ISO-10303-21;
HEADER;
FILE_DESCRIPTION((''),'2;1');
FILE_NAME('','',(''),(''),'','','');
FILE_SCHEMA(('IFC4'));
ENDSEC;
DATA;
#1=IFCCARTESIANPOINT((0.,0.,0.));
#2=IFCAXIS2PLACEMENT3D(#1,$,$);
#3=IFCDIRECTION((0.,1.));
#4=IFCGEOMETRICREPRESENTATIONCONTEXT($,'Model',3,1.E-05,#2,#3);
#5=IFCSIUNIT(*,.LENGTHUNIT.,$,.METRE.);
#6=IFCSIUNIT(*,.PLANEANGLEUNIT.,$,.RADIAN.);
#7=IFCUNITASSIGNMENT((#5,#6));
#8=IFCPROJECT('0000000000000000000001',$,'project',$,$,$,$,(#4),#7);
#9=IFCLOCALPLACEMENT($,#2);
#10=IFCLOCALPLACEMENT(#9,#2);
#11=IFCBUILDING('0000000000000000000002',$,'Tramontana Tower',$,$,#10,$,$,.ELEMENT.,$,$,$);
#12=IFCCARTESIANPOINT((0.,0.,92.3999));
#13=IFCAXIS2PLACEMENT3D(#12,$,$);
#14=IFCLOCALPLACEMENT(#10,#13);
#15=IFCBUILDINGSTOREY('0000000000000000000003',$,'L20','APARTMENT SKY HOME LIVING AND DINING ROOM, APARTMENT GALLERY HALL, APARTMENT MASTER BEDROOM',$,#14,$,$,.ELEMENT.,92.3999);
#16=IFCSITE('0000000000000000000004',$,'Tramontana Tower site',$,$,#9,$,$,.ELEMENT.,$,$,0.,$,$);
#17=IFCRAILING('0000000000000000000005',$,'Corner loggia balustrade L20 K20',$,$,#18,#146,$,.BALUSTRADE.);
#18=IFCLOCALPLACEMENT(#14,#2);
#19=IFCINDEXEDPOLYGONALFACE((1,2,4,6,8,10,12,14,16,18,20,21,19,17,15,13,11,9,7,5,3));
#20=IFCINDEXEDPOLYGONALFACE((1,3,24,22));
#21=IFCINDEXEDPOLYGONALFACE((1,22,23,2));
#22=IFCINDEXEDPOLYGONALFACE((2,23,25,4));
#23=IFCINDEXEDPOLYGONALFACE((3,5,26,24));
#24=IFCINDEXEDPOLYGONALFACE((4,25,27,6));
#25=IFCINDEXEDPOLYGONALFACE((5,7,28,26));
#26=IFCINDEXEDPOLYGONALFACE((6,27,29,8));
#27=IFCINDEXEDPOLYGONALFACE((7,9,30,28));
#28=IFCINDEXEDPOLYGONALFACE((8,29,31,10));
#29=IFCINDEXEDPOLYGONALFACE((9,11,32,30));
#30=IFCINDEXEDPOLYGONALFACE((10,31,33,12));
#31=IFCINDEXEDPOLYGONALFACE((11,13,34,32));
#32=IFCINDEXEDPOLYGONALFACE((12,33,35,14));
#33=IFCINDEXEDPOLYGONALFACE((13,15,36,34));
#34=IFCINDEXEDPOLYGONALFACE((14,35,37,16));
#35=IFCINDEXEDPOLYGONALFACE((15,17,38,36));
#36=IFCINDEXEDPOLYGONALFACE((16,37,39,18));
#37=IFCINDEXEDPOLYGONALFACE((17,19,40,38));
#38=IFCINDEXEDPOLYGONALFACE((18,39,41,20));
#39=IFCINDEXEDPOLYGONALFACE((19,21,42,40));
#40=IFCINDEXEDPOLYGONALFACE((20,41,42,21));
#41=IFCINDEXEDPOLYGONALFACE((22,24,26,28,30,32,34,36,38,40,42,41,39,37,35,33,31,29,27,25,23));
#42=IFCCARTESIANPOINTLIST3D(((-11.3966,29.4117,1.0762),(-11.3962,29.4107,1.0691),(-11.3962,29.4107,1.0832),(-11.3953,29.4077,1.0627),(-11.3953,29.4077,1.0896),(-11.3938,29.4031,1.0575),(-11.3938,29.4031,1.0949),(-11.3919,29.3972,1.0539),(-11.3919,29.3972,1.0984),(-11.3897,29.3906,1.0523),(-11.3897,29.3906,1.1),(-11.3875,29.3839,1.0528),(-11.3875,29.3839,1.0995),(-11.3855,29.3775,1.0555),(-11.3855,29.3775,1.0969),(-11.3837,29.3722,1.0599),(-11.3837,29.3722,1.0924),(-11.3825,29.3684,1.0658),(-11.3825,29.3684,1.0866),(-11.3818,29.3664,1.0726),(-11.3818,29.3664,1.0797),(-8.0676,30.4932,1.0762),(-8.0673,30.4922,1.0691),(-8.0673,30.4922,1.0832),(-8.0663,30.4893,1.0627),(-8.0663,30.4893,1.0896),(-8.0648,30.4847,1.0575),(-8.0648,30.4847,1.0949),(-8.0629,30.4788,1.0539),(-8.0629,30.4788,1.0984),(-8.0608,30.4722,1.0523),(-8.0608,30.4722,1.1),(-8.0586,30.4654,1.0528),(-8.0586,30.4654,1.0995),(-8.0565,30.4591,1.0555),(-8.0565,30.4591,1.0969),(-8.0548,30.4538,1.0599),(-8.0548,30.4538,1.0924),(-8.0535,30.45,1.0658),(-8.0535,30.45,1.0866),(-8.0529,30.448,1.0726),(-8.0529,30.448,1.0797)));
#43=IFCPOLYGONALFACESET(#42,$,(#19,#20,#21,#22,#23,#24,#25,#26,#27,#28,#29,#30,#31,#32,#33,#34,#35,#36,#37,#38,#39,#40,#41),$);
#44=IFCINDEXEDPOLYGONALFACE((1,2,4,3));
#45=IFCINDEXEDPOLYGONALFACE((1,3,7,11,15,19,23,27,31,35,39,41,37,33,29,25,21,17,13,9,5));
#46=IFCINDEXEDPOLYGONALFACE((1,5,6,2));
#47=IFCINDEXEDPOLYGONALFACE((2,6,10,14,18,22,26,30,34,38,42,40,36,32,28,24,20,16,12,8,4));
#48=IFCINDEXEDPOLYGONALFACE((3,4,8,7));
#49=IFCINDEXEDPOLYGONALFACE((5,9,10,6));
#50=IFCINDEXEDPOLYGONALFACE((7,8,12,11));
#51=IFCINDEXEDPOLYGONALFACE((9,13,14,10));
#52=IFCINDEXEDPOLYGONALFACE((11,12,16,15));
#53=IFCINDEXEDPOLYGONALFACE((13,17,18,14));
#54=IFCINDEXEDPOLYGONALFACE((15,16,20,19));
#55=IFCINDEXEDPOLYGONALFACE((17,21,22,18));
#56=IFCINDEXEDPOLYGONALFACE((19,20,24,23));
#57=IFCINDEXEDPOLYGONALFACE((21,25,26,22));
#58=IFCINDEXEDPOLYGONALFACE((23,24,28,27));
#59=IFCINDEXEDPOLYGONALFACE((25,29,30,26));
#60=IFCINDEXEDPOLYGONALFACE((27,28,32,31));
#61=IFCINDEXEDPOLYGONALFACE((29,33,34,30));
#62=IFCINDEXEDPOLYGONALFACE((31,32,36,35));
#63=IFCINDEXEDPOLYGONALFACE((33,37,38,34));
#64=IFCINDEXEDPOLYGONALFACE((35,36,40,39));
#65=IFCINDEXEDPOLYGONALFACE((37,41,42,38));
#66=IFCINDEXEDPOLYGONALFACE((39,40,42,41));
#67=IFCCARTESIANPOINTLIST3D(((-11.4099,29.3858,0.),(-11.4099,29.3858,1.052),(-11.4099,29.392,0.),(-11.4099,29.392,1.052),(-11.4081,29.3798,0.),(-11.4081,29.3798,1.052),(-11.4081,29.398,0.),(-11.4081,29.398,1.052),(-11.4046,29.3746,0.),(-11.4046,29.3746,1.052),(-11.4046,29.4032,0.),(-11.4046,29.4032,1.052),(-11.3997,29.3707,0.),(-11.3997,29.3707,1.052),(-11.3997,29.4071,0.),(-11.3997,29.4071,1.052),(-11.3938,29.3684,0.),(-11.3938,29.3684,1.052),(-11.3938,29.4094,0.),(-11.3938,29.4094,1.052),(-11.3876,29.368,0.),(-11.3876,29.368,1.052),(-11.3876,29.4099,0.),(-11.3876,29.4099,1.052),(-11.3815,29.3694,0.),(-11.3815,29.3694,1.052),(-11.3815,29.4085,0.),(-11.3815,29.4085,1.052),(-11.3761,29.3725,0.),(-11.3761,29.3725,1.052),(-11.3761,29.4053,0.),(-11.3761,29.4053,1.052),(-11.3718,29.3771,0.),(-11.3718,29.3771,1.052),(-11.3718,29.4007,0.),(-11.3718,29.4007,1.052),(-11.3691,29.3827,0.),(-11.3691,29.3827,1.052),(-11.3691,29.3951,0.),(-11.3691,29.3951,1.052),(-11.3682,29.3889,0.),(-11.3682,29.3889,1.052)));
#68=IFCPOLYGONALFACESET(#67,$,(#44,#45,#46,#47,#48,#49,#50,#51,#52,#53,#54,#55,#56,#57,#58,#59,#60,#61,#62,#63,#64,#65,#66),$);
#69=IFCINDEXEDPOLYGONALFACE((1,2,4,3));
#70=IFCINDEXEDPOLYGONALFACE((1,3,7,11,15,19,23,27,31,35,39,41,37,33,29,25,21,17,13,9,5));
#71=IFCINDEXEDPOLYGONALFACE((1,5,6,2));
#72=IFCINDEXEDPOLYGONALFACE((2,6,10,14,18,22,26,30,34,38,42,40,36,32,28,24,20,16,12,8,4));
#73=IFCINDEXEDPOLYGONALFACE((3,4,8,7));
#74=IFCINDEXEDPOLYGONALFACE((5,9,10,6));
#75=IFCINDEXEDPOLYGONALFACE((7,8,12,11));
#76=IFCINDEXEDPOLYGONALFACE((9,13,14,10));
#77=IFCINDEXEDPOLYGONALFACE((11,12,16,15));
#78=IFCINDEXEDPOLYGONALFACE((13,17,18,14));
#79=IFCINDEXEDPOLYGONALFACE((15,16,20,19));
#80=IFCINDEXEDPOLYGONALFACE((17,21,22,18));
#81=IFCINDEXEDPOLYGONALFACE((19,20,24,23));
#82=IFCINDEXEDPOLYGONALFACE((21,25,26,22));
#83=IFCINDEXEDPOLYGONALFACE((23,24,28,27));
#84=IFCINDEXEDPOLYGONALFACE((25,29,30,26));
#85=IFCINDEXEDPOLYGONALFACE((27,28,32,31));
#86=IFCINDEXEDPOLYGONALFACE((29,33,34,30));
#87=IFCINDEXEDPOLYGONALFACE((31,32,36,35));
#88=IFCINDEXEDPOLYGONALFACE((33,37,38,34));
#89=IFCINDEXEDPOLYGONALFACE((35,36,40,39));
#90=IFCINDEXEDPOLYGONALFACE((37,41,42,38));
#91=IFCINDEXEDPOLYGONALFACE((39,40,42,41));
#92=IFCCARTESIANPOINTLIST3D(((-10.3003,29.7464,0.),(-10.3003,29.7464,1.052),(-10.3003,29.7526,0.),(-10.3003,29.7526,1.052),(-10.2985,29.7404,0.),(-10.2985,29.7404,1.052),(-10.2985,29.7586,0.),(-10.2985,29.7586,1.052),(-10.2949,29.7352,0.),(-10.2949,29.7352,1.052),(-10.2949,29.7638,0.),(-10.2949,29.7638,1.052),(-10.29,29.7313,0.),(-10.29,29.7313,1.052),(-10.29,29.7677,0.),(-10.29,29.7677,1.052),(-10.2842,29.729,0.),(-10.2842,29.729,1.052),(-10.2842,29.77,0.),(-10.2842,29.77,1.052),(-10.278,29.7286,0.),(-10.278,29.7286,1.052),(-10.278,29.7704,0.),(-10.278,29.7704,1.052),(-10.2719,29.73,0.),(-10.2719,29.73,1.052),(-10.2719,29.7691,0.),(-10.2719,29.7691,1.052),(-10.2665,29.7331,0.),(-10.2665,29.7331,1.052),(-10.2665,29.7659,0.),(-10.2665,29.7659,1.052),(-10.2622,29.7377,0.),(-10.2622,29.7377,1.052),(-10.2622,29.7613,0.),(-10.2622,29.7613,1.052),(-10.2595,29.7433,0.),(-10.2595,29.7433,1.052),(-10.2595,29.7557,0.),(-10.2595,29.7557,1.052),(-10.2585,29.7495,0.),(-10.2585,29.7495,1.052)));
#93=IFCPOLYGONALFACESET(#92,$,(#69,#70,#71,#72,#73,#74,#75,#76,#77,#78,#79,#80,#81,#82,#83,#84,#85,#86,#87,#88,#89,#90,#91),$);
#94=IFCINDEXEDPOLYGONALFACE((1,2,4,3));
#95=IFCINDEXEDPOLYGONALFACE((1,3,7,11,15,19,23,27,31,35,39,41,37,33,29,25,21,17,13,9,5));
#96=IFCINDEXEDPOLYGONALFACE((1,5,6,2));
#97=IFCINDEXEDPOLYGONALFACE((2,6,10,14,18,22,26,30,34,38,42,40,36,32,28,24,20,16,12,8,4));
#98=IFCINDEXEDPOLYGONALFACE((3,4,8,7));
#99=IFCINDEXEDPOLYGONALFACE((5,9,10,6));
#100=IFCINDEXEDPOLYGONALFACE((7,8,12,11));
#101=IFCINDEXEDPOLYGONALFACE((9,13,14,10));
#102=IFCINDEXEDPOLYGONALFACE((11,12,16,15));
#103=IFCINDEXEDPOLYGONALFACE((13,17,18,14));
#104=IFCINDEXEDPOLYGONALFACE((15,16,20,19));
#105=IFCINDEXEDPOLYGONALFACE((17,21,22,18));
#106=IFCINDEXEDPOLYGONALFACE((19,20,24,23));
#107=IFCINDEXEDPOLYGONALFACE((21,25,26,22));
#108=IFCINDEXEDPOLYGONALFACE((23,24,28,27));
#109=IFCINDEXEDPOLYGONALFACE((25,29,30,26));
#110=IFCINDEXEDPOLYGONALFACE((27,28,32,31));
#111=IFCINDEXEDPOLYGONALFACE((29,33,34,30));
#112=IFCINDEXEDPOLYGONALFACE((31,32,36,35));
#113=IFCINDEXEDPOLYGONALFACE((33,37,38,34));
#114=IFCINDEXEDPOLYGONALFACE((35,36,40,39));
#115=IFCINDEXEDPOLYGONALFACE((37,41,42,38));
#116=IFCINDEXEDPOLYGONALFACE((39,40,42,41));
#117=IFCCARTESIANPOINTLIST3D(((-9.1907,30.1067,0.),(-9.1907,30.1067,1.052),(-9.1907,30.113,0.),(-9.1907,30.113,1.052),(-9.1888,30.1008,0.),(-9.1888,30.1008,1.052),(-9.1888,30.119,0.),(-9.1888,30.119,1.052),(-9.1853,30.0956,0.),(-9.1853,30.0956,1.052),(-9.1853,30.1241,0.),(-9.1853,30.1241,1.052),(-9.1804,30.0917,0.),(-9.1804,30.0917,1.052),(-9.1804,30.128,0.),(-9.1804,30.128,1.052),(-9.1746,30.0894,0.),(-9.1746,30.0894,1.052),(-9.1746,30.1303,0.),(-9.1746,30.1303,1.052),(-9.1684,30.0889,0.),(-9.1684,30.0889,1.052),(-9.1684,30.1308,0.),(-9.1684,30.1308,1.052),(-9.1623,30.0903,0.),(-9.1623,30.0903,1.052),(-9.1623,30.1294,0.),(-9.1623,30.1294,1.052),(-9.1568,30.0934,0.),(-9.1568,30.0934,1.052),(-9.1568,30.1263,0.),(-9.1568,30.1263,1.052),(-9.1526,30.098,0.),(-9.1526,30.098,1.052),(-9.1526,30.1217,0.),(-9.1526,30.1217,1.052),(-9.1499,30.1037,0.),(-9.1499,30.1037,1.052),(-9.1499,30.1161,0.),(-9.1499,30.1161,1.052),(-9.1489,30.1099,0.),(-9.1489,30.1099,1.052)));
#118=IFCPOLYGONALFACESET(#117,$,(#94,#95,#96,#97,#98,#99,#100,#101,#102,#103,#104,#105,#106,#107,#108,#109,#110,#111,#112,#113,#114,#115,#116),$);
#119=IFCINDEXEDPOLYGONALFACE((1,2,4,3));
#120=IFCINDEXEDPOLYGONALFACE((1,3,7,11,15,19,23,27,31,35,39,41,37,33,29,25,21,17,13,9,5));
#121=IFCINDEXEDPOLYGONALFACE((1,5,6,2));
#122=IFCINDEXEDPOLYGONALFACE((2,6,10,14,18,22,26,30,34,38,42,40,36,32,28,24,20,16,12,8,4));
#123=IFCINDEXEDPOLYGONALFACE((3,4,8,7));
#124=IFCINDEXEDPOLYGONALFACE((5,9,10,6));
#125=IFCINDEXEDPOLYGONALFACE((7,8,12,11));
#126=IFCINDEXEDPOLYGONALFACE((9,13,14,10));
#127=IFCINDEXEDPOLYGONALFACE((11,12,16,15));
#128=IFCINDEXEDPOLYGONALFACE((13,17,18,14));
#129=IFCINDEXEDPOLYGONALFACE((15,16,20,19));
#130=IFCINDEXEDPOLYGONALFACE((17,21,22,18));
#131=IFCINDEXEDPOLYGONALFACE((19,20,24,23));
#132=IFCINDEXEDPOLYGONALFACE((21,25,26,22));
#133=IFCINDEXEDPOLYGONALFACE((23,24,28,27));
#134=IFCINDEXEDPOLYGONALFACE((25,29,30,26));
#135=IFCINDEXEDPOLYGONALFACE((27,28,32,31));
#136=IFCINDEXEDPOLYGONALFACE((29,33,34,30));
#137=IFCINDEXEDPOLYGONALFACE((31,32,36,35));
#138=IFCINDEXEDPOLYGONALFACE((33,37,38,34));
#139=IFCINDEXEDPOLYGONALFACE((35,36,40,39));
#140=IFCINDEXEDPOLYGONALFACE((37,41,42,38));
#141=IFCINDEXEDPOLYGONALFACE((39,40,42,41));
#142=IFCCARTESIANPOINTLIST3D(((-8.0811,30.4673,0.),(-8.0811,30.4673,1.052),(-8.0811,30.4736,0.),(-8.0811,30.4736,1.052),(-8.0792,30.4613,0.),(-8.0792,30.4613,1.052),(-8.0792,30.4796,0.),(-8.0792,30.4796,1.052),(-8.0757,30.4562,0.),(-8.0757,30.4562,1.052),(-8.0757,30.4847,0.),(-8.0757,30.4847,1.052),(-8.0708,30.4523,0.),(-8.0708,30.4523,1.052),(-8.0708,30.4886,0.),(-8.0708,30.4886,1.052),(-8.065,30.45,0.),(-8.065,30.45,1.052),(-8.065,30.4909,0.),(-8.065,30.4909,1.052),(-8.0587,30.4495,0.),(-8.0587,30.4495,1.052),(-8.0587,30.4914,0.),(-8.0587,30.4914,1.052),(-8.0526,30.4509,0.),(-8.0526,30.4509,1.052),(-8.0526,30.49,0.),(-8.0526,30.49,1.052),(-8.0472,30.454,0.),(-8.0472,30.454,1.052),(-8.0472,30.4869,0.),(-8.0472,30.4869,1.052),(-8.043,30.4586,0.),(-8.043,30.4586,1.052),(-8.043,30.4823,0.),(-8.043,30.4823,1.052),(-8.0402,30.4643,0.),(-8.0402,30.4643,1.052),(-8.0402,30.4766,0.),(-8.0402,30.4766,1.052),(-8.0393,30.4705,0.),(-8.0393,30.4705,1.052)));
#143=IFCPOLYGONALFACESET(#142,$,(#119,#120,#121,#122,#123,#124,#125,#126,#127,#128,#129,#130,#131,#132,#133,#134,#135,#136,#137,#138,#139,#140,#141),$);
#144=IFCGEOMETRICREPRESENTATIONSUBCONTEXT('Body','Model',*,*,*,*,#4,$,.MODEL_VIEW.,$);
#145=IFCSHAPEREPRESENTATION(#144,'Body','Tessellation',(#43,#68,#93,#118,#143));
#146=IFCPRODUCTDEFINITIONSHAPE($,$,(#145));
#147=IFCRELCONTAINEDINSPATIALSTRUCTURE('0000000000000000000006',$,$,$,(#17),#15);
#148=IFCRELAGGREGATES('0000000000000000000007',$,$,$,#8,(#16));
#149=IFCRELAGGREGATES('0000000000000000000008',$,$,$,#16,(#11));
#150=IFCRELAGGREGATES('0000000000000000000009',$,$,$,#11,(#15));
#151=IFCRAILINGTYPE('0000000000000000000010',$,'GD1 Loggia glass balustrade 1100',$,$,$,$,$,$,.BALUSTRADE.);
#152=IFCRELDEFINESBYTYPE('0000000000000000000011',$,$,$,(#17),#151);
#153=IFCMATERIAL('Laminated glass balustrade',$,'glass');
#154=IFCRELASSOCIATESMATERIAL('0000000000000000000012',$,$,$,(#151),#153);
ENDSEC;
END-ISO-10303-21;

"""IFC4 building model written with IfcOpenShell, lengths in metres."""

from ifc_helpers import new_model, si_unit, direction, frame, origin, origin_2d, place, context, subcontext, project, spatial, circle, extrude, material, type_object, element, save


model = new_model("IFC4")

# Units and contexts
model_context = context("Model", 3, precision=1e-05, world=origin(), true_north=direction((0.0, 1.0)))
body_context = subcontext(model_context, "Body", "Model", "MODEL_VIEW")
ifc_project = project(units=[si_unit("LENGTHUNIT", "METRE"), si_unit("PLANEANGLEUNIT", "RADIAN")], contexts=[model_context])

# Site, building, storey
site_placement = place(None, origin())
site = spatial("IfcSite", under=ifc_project, at=site_placement, Name="Tramontana Tower site", CompositionType="ELEMENT", RefElevation=0.0)
building_placement = place(site_placement, origin())
building = spatial("IfcBuilding", under=site, at=building_placement, Name="Tramontana Tower", CompositionType="ELEMENT")
storey_placement = place(building_placement, frame((0.0, 0.0, 92.3999)))
storey = spatial("IfcBuildingStorey", under=building, at=storey_placement, Name="L20", Description="APARTMENT SKY HOME LIVING AND DINING ROOM, APARTMENT GALLERY HALL, APARTMENT MASTER BEDROOM", CompositionType="ELEMENT", Elevation=92.3999)

# Railing
ifc_material_1 = material(Name="Laminated glass balustrade", Category="glass")
railing_type = type_object("IfcRailingType", Name="GD1 Loggia glass balustrade 1100", PredefinedType="BALUSTRADE", material=ifc_material_1)
railing_1_placement = place(storey_placement, frame((-11.3892, 29.3889, 0.0)))
element("IfcRailing", 1, at=railing_1_placement, inside=storey, type_object=railing_type, Name="Corner loggia balustrade L20 K20", PredefinedType="BALUSTRADE", context=body_context, shape_type="SweptSolid", body=[
    extrude(circle(Radius=0.0239, at=origin_2d()), frame((0.0, 0.0, 1.0762), z_axis=(0.951062, 0.308999, 0.0), x_axis=(-0.308999, 0.951062, 0.0)), (0.0, 0.0, 1.0), 3.5002),
    extrude(circle(Radius=0.021, at=origin_2d()), origin(), (0.0, 0.0, 1.0), 1.052),
    extrude(circle(Radius=0.021, at=origin_2d()), frame((1.1096, 0.3606, 0.0)), (0.0, 0.0, 1.0), 1.052),
    extrude(circle(Radius=0.021, at=origin_2d()), frame((2.2192, 0.7209, 0.0)), (0.0, 0.0, 1.0), 1.052),
    extrude(circle(Radius=0.021, at=origin_2d()), frame((3.3289, 1.0815, 0.0)), (0.0, 0.0, 1.0), 1.052),
])

save(model, "model.ifc")
